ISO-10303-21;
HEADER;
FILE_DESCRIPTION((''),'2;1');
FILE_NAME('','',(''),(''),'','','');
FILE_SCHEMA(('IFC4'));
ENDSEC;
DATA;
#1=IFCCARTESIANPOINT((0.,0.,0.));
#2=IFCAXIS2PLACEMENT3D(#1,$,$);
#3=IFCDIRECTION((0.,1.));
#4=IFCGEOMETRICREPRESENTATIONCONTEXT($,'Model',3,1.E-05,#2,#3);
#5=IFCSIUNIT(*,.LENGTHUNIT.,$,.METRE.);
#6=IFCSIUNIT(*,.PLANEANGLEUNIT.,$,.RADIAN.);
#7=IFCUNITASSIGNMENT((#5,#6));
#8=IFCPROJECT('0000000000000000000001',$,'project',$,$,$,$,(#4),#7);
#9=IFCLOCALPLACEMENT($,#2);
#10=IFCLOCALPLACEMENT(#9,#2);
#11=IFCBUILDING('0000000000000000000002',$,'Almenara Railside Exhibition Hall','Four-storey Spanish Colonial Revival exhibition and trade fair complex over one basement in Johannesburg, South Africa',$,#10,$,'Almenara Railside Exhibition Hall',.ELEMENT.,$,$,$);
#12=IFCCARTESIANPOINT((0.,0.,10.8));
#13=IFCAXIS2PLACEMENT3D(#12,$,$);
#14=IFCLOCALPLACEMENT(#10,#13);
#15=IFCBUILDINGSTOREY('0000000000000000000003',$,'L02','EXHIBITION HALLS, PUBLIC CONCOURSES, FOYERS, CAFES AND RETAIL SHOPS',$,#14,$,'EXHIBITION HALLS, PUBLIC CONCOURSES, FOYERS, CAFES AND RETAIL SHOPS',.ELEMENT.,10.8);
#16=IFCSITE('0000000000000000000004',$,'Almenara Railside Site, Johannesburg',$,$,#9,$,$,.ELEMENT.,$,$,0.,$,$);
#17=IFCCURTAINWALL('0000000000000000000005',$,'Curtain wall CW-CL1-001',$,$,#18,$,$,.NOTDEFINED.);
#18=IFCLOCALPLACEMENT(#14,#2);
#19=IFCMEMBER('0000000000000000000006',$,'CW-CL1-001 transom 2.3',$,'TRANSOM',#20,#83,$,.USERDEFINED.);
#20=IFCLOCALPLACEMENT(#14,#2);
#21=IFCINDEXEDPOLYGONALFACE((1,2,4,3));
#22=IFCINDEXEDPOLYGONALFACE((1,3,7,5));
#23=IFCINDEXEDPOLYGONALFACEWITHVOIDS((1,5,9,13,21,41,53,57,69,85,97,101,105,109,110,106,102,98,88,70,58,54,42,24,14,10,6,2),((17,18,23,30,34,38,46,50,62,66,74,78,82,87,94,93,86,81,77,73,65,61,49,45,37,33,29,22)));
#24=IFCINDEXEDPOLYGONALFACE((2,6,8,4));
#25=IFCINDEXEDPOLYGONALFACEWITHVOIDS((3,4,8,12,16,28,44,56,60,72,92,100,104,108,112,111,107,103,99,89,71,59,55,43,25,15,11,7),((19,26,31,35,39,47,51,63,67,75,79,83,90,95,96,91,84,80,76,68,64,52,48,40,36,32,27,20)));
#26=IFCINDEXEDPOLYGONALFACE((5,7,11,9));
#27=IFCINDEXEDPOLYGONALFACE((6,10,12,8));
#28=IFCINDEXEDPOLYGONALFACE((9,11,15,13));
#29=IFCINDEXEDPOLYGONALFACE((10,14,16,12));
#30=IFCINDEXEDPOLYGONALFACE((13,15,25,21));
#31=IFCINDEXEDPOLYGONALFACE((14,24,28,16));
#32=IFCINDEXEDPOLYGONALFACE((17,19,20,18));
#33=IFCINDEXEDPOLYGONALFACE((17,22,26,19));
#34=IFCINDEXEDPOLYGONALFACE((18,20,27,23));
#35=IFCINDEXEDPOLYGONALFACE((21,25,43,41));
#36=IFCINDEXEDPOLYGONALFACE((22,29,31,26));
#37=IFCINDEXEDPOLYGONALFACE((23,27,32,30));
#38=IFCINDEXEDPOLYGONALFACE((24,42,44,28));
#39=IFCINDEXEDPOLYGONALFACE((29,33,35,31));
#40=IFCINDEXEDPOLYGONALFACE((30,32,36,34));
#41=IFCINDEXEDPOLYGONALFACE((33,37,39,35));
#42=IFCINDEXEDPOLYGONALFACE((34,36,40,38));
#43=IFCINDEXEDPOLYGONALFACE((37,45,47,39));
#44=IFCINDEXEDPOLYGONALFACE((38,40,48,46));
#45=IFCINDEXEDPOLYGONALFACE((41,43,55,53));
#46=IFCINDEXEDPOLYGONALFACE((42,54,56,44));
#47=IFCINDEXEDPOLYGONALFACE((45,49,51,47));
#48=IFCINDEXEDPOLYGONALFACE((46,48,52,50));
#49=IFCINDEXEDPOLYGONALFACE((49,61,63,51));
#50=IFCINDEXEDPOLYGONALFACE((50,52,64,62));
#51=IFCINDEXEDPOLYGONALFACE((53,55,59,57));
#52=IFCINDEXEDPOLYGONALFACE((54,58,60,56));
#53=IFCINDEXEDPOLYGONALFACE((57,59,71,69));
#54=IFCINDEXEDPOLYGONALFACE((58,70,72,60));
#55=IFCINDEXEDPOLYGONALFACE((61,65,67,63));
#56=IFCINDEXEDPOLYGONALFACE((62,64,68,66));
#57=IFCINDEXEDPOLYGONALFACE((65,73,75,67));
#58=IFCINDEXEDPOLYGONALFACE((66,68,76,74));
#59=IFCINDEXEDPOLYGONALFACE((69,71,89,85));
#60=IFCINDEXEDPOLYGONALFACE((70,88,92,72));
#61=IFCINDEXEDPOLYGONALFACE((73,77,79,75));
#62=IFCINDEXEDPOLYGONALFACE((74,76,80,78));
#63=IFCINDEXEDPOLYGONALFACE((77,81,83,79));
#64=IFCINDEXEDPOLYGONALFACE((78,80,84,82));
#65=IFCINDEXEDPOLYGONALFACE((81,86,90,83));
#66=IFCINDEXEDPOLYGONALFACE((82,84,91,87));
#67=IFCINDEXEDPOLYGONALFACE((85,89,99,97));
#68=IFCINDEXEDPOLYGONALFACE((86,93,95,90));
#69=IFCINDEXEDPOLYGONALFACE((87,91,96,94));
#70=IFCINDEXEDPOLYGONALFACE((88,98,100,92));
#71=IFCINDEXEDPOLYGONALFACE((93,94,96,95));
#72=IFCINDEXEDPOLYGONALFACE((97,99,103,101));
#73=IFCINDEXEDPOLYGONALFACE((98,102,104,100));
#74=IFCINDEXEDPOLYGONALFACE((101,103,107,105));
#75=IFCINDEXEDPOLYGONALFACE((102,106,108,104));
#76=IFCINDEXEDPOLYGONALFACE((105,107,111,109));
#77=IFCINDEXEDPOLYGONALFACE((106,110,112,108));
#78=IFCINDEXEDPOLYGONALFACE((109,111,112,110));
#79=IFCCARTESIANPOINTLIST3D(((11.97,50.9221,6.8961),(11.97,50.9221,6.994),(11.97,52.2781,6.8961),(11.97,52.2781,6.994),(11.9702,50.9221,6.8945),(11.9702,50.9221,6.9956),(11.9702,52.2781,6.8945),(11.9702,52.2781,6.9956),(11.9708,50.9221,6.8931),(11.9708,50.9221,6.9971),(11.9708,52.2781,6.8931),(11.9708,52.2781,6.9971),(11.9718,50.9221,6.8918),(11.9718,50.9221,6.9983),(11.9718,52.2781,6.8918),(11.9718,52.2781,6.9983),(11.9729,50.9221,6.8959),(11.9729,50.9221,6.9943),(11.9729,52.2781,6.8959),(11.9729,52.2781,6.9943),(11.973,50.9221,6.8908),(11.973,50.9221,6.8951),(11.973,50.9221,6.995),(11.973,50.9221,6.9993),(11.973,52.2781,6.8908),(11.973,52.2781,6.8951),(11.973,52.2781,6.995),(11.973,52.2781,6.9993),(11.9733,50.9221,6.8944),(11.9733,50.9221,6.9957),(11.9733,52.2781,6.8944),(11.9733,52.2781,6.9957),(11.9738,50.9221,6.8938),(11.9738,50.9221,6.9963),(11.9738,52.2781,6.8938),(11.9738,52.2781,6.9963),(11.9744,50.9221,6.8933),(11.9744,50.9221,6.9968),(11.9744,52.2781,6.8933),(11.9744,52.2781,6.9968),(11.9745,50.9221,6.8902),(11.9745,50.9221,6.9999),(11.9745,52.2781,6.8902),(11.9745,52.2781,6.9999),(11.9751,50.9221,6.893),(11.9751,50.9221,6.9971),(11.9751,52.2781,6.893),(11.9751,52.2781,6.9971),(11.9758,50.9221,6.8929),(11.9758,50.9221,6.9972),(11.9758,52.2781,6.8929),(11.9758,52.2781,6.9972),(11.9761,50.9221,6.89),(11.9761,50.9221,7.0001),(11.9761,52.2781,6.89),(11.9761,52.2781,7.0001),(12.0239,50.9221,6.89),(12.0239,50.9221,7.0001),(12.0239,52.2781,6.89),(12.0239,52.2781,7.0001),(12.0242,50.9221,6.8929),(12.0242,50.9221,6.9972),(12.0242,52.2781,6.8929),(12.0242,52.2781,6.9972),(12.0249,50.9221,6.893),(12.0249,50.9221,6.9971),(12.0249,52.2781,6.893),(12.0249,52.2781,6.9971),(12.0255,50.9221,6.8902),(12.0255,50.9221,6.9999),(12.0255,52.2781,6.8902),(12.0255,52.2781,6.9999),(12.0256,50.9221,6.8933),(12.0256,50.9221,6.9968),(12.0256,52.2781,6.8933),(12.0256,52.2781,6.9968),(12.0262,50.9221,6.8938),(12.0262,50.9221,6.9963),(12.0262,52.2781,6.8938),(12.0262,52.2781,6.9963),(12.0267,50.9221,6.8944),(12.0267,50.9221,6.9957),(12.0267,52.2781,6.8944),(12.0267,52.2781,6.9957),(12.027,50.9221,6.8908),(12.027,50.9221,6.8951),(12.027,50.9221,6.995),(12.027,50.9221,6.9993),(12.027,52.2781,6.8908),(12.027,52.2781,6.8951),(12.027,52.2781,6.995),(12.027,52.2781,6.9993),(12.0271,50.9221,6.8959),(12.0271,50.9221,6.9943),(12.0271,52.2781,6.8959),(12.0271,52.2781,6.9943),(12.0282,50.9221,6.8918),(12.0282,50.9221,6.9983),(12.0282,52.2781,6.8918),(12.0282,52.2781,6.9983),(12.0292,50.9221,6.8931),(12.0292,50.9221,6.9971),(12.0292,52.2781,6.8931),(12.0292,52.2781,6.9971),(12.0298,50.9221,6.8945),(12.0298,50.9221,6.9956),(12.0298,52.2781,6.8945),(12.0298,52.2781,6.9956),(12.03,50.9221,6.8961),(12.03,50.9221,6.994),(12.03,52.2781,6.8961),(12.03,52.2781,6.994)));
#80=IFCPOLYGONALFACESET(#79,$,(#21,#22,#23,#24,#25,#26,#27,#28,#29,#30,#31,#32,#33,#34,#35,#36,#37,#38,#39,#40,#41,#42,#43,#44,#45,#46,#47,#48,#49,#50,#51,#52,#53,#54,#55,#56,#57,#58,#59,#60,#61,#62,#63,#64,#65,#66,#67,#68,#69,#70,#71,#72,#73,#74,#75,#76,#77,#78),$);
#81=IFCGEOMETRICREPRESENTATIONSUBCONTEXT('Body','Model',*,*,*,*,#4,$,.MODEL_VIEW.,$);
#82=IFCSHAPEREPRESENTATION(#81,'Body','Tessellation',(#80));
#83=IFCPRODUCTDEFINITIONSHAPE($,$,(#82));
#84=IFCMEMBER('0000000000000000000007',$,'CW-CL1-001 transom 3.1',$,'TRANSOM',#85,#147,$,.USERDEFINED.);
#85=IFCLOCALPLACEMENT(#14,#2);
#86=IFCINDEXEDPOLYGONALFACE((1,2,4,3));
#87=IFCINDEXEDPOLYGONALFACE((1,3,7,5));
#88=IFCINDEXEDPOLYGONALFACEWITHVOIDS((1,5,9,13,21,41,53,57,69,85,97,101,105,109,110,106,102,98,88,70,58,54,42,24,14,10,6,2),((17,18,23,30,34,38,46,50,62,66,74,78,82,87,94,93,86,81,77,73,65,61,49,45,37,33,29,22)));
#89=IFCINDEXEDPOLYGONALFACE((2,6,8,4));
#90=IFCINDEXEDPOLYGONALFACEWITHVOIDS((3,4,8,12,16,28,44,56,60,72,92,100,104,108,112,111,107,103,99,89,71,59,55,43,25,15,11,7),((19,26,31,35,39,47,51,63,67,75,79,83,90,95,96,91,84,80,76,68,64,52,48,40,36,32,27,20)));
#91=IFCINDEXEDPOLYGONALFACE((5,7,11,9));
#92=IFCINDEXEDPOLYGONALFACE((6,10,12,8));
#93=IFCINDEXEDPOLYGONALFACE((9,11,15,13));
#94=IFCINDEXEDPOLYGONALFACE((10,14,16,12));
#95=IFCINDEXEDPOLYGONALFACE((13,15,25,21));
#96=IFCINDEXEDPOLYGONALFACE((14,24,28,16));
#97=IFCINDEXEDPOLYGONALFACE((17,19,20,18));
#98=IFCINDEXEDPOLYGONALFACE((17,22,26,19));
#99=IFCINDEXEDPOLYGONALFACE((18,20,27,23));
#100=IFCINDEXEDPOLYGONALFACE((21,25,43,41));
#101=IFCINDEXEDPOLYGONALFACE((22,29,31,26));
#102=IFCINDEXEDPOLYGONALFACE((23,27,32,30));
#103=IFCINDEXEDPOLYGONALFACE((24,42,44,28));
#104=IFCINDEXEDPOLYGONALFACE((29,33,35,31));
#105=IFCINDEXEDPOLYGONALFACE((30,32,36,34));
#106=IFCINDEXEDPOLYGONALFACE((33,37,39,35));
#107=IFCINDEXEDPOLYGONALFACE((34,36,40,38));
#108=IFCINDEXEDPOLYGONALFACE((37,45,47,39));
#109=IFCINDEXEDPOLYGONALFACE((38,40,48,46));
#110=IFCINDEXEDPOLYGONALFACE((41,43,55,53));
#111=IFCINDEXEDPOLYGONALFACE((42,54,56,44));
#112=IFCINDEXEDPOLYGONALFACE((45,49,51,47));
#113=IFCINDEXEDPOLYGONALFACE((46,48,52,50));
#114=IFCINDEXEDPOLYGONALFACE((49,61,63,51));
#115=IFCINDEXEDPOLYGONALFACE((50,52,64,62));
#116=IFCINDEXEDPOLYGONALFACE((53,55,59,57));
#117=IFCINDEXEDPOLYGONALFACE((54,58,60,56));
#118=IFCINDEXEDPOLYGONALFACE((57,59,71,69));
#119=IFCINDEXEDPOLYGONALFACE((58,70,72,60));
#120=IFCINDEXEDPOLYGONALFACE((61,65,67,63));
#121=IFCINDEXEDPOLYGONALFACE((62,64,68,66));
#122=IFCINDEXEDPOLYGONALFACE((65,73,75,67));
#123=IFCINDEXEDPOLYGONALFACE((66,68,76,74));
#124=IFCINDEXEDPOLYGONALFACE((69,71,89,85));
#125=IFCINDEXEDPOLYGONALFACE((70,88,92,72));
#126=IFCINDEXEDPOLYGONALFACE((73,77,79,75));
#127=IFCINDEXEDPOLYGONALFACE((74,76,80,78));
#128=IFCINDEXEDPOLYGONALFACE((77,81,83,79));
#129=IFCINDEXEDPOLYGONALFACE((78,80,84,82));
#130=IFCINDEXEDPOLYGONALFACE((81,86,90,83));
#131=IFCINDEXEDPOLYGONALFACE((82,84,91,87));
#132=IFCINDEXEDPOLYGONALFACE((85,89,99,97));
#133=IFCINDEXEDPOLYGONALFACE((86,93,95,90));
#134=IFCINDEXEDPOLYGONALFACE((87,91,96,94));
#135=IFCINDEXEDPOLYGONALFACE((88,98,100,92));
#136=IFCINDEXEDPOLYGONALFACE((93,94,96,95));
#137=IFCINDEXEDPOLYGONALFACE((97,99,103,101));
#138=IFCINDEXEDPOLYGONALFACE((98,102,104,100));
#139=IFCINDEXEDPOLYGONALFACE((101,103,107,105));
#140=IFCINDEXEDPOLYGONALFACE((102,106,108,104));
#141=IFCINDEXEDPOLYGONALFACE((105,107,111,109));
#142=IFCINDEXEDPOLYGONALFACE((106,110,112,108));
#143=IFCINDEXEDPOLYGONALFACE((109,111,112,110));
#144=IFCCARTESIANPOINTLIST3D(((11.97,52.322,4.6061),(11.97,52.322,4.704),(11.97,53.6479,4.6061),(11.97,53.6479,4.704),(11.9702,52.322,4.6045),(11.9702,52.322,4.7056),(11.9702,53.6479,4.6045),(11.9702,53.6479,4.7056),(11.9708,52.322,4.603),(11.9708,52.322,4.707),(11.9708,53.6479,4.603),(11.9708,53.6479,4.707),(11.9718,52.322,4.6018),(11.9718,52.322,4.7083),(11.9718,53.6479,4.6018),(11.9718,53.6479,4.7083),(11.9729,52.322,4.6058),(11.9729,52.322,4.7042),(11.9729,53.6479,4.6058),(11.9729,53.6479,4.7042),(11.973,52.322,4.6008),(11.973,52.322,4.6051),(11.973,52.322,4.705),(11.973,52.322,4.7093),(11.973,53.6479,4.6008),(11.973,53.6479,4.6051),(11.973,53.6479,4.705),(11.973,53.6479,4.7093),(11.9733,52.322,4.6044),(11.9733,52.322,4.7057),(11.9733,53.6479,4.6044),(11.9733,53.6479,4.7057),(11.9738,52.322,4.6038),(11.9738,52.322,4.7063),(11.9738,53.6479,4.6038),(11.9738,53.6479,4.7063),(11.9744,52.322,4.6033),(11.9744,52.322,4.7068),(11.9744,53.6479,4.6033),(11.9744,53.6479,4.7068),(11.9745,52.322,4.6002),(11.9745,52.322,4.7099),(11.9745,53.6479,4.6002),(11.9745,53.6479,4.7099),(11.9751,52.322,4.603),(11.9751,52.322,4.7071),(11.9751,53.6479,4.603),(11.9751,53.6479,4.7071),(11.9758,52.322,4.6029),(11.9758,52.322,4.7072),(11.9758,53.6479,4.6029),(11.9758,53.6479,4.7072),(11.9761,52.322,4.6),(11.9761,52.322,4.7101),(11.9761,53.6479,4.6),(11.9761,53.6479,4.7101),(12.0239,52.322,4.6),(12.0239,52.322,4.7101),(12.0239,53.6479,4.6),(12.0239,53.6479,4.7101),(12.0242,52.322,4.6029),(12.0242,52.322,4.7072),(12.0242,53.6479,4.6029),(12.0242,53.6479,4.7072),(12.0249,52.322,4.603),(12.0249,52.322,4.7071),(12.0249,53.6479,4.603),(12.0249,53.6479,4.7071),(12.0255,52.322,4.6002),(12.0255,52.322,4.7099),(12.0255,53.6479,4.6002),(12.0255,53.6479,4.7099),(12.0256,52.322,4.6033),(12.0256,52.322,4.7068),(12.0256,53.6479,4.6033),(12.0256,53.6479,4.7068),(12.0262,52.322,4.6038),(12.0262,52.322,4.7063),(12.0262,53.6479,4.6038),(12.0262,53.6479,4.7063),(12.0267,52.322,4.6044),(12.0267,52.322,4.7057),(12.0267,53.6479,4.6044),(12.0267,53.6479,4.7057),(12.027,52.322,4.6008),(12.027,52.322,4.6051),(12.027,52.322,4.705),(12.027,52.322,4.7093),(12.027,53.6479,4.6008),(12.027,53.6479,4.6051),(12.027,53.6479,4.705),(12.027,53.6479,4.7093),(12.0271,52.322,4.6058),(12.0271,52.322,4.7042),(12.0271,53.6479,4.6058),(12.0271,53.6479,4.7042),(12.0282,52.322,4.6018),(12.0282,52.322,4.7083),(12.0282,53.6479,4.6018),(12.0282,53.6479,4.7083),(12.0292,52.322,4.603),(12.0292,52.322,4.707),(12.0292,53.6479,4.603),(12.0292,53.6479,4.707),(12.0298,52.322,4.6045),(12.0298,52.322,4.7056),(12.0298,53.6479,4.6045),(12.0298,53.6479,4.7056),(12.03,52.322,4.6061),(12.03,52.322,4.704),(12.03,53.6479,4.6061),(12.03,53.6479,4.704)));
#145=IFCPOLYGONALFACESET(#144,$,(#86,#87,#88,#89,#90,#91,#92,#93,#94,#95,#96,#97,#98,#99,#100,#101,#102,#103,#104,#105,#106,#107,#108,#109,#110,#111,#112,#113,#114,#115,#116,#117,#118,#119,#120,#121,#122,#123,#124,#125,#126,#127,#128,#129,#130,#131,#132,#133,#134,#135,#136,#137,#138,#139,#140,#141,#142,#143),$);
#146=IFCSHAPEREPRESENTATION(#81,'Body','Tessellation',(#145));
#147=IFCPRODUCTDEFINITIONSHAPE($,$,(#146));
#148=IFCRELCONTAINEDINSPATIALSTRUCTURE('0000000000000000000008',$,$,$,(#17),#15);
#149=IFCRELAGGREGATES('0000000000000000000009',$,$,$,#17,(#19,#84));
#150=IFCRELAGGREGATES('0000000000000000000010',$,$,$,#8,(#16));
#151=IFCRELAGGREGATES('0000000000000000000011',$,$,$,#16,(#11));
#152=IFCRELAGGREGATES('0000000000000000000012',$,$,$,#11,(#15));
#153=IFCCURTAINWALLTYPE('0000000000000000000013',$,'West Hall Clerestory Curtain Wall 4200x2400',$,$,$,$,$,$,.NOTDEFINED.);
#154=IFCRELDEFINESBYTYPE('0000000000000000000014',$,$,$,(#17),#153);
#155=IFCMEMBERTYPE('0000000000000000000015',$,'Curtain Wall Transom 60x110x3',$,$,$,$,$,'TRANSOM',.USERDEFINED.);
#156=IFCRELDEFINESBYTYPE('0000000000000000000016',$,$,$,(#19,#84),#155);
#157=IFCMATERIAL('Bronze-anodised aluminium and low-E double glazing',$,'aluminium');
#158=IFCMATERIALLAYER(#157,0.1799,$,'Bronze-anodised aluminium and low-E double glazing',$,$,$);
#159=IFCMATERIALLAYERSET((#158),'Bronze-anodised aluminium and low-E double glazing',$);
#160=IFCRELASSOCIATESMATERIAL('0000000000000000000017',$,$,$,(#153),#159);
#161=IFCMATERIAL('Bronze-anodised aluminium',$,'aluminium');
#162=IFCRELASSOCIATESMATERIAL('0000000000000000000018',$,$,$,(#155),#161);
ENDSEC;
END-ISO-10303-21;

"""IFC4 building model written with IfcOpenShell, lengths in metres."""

from ifc_helpers import new_model, si_unit, direction, frame, origin, origin_2d, place, context, subcontext, project, spatial, hollow_rectangle, extrude, material, layer, layer_set, material_profile, profile_set, type_object, element, aggregate, save


model = new_model("IFC4")

# Units and contexts
model_context = context("Model", 3, precision=1e-05, world=origin(), true_north=direction((0.0, 1.0)))
body_context = subcontext(model_context, "Body", "Model", "MODEL_VIEW")
ifc_project = project(units=[si_unit("LENGTHUNIT", "METRE"), si_unit("PLANEANGLEUNIT", "RADIAN")], contexts=[model_context])

# Site, building, storey
site_placement = place(None, origin())
site = spatial("IfcSite", under=ifc_project, at=site_placement, Name="Almenara Railside Site, Johannesburg", CompositionType="ELEMENT", RefElevation=0.0)
building_placement = place(site_placement, origin())
building = spatial("IfcBuilding", under=site, at=building_placement, Name="Almenara Railside Exhibition Hall", Description="Four-storey Spanish Colonial Revival exhibition and trade fair complex over one basement in Johannesburg, South Africa", LongName="Almenara Railside Exhibition Hall", CompositionType="ELEMENT")
storey_placement = place(building_placement, frame((0.0, 0.0, 10.8)))
storey = spatial("IfcBuildingStorey", under=building, at=storey_placement, Name="L02", Description="EXHIBITION HALLS, PUBLIC CONCOURSES, FOYERS, CAFES AND RETAIL SHOPS", LongName="EXHIBITION HALLS, PUBLIC CONCOURSES, FOYERS, CAFES AND RETAIL SHOPS", CompositionType="ELEMENT", Elevation=10.8)

# Curtain wall
ifc_material_1 = material(Name="Bronze-anodised aluminium and low-E double glazing", Category="aluminium")
ifc_layer_1 = layer(ifc_material_1, 0.1799, Name="Bronze-anodised aluminium and low-E double glazing")
ifc_layer_set_1 = layer_set([ifc_layer_1], Name="Bronze-anodised aluminium and low-E double glazing")
curtain_wall_type = type_object("IfcCurtainWallType", Name="West Hall Clerestory Curtain Wall 4200x2400", PredefinedType="NOTDEFINED", material=ifc_layer_set_1)
ifc_material_2 = material(Name="Bronze-anodised aluminium", Category="aluminium")
curtain_wall_1_placement = place(storey_placement, origin())
curtain_wall_1 = element("IfcCurtainWall", 1, at=curtain_wall_1_placement, inside=storey, type_object=curtain_wall_type, Name="Curtain wall CW-CL1-001", PredefinedType="NOTDEFINED")

# Members
ifc_material_profile_1 = material_profile(ifc_material_2, hollow_rectangle(XDim=0.0601, YDim=0.1101, WallThickness=0.0029, InnerFilletRadius=0.0029, OuterFilletRadius=0.0061, at=origin_2d()), Name="ALU-TRN 60x110x3")
ifc_profile_set_1 = profile_set([ifc_material_profile_1], Name="Bronze-anodised aluminium")
member_type_1 = type_object("IfcMemberType", Name="Curtain Wall Transom 60x110x3", ElementType="TRANSOM", PredefinedType="USERDEFINED", material=ifc_profile_set_1)
member_1_placement = place(storey_placement, frame((12.0, 50.9221, 6.9451), z_axis=(0.0, 1.0, 0.0), x_axis=(-1.0, 0.0, 0.0)))
member_1 = element("IfcMember", 2, at=member_1_placement, type_object=member_type_1, Name="CW-CL1-001 transom 2.3", ObjectType="TRANSOM", PredefinedType="USERDEFINED", context=body_context, shape_type="SweptSolid", body=[
    extrude(hollow_rectangle(XDim=0.0601, YDim=0.1101, WallThickness=0.0029, InnerFilletRadius=0.0029, OuterFilletRadius=0.0061, at=origin_2d()), origin(), (0.0, 0.0, 1.0), 1.356),
])
member_2_placement = place(storey_placement, frame((12.0, 52.322, 4.655), z_axis=(0.0, 1.0, 0.0), x_axis=(-1.0, 0.0, 0.0)))
member_2 = element("IfcMember", 3, at=member_2_placement, type_object=member_type_1, Name="CW-CL1-001 transom 3.1", ObjectType="TRANSOM", PredefinedType="USERDEFINED", context=body_context, shape_type="SweptSolid", body=[
    extrude(hollow_rectangle(XDim=0.0601, YDim=0.1101, WallThickness=0.0029, InnerFilletRadius=0.0029, OuterFilletRadius=0.0061, at=origin_2d()), origin(), (0.0, 0.0, 1.0), 1.3259),
])

aggregate(curtain_wall_1, [member_1, member_2])

save(model, "model.ifc")
